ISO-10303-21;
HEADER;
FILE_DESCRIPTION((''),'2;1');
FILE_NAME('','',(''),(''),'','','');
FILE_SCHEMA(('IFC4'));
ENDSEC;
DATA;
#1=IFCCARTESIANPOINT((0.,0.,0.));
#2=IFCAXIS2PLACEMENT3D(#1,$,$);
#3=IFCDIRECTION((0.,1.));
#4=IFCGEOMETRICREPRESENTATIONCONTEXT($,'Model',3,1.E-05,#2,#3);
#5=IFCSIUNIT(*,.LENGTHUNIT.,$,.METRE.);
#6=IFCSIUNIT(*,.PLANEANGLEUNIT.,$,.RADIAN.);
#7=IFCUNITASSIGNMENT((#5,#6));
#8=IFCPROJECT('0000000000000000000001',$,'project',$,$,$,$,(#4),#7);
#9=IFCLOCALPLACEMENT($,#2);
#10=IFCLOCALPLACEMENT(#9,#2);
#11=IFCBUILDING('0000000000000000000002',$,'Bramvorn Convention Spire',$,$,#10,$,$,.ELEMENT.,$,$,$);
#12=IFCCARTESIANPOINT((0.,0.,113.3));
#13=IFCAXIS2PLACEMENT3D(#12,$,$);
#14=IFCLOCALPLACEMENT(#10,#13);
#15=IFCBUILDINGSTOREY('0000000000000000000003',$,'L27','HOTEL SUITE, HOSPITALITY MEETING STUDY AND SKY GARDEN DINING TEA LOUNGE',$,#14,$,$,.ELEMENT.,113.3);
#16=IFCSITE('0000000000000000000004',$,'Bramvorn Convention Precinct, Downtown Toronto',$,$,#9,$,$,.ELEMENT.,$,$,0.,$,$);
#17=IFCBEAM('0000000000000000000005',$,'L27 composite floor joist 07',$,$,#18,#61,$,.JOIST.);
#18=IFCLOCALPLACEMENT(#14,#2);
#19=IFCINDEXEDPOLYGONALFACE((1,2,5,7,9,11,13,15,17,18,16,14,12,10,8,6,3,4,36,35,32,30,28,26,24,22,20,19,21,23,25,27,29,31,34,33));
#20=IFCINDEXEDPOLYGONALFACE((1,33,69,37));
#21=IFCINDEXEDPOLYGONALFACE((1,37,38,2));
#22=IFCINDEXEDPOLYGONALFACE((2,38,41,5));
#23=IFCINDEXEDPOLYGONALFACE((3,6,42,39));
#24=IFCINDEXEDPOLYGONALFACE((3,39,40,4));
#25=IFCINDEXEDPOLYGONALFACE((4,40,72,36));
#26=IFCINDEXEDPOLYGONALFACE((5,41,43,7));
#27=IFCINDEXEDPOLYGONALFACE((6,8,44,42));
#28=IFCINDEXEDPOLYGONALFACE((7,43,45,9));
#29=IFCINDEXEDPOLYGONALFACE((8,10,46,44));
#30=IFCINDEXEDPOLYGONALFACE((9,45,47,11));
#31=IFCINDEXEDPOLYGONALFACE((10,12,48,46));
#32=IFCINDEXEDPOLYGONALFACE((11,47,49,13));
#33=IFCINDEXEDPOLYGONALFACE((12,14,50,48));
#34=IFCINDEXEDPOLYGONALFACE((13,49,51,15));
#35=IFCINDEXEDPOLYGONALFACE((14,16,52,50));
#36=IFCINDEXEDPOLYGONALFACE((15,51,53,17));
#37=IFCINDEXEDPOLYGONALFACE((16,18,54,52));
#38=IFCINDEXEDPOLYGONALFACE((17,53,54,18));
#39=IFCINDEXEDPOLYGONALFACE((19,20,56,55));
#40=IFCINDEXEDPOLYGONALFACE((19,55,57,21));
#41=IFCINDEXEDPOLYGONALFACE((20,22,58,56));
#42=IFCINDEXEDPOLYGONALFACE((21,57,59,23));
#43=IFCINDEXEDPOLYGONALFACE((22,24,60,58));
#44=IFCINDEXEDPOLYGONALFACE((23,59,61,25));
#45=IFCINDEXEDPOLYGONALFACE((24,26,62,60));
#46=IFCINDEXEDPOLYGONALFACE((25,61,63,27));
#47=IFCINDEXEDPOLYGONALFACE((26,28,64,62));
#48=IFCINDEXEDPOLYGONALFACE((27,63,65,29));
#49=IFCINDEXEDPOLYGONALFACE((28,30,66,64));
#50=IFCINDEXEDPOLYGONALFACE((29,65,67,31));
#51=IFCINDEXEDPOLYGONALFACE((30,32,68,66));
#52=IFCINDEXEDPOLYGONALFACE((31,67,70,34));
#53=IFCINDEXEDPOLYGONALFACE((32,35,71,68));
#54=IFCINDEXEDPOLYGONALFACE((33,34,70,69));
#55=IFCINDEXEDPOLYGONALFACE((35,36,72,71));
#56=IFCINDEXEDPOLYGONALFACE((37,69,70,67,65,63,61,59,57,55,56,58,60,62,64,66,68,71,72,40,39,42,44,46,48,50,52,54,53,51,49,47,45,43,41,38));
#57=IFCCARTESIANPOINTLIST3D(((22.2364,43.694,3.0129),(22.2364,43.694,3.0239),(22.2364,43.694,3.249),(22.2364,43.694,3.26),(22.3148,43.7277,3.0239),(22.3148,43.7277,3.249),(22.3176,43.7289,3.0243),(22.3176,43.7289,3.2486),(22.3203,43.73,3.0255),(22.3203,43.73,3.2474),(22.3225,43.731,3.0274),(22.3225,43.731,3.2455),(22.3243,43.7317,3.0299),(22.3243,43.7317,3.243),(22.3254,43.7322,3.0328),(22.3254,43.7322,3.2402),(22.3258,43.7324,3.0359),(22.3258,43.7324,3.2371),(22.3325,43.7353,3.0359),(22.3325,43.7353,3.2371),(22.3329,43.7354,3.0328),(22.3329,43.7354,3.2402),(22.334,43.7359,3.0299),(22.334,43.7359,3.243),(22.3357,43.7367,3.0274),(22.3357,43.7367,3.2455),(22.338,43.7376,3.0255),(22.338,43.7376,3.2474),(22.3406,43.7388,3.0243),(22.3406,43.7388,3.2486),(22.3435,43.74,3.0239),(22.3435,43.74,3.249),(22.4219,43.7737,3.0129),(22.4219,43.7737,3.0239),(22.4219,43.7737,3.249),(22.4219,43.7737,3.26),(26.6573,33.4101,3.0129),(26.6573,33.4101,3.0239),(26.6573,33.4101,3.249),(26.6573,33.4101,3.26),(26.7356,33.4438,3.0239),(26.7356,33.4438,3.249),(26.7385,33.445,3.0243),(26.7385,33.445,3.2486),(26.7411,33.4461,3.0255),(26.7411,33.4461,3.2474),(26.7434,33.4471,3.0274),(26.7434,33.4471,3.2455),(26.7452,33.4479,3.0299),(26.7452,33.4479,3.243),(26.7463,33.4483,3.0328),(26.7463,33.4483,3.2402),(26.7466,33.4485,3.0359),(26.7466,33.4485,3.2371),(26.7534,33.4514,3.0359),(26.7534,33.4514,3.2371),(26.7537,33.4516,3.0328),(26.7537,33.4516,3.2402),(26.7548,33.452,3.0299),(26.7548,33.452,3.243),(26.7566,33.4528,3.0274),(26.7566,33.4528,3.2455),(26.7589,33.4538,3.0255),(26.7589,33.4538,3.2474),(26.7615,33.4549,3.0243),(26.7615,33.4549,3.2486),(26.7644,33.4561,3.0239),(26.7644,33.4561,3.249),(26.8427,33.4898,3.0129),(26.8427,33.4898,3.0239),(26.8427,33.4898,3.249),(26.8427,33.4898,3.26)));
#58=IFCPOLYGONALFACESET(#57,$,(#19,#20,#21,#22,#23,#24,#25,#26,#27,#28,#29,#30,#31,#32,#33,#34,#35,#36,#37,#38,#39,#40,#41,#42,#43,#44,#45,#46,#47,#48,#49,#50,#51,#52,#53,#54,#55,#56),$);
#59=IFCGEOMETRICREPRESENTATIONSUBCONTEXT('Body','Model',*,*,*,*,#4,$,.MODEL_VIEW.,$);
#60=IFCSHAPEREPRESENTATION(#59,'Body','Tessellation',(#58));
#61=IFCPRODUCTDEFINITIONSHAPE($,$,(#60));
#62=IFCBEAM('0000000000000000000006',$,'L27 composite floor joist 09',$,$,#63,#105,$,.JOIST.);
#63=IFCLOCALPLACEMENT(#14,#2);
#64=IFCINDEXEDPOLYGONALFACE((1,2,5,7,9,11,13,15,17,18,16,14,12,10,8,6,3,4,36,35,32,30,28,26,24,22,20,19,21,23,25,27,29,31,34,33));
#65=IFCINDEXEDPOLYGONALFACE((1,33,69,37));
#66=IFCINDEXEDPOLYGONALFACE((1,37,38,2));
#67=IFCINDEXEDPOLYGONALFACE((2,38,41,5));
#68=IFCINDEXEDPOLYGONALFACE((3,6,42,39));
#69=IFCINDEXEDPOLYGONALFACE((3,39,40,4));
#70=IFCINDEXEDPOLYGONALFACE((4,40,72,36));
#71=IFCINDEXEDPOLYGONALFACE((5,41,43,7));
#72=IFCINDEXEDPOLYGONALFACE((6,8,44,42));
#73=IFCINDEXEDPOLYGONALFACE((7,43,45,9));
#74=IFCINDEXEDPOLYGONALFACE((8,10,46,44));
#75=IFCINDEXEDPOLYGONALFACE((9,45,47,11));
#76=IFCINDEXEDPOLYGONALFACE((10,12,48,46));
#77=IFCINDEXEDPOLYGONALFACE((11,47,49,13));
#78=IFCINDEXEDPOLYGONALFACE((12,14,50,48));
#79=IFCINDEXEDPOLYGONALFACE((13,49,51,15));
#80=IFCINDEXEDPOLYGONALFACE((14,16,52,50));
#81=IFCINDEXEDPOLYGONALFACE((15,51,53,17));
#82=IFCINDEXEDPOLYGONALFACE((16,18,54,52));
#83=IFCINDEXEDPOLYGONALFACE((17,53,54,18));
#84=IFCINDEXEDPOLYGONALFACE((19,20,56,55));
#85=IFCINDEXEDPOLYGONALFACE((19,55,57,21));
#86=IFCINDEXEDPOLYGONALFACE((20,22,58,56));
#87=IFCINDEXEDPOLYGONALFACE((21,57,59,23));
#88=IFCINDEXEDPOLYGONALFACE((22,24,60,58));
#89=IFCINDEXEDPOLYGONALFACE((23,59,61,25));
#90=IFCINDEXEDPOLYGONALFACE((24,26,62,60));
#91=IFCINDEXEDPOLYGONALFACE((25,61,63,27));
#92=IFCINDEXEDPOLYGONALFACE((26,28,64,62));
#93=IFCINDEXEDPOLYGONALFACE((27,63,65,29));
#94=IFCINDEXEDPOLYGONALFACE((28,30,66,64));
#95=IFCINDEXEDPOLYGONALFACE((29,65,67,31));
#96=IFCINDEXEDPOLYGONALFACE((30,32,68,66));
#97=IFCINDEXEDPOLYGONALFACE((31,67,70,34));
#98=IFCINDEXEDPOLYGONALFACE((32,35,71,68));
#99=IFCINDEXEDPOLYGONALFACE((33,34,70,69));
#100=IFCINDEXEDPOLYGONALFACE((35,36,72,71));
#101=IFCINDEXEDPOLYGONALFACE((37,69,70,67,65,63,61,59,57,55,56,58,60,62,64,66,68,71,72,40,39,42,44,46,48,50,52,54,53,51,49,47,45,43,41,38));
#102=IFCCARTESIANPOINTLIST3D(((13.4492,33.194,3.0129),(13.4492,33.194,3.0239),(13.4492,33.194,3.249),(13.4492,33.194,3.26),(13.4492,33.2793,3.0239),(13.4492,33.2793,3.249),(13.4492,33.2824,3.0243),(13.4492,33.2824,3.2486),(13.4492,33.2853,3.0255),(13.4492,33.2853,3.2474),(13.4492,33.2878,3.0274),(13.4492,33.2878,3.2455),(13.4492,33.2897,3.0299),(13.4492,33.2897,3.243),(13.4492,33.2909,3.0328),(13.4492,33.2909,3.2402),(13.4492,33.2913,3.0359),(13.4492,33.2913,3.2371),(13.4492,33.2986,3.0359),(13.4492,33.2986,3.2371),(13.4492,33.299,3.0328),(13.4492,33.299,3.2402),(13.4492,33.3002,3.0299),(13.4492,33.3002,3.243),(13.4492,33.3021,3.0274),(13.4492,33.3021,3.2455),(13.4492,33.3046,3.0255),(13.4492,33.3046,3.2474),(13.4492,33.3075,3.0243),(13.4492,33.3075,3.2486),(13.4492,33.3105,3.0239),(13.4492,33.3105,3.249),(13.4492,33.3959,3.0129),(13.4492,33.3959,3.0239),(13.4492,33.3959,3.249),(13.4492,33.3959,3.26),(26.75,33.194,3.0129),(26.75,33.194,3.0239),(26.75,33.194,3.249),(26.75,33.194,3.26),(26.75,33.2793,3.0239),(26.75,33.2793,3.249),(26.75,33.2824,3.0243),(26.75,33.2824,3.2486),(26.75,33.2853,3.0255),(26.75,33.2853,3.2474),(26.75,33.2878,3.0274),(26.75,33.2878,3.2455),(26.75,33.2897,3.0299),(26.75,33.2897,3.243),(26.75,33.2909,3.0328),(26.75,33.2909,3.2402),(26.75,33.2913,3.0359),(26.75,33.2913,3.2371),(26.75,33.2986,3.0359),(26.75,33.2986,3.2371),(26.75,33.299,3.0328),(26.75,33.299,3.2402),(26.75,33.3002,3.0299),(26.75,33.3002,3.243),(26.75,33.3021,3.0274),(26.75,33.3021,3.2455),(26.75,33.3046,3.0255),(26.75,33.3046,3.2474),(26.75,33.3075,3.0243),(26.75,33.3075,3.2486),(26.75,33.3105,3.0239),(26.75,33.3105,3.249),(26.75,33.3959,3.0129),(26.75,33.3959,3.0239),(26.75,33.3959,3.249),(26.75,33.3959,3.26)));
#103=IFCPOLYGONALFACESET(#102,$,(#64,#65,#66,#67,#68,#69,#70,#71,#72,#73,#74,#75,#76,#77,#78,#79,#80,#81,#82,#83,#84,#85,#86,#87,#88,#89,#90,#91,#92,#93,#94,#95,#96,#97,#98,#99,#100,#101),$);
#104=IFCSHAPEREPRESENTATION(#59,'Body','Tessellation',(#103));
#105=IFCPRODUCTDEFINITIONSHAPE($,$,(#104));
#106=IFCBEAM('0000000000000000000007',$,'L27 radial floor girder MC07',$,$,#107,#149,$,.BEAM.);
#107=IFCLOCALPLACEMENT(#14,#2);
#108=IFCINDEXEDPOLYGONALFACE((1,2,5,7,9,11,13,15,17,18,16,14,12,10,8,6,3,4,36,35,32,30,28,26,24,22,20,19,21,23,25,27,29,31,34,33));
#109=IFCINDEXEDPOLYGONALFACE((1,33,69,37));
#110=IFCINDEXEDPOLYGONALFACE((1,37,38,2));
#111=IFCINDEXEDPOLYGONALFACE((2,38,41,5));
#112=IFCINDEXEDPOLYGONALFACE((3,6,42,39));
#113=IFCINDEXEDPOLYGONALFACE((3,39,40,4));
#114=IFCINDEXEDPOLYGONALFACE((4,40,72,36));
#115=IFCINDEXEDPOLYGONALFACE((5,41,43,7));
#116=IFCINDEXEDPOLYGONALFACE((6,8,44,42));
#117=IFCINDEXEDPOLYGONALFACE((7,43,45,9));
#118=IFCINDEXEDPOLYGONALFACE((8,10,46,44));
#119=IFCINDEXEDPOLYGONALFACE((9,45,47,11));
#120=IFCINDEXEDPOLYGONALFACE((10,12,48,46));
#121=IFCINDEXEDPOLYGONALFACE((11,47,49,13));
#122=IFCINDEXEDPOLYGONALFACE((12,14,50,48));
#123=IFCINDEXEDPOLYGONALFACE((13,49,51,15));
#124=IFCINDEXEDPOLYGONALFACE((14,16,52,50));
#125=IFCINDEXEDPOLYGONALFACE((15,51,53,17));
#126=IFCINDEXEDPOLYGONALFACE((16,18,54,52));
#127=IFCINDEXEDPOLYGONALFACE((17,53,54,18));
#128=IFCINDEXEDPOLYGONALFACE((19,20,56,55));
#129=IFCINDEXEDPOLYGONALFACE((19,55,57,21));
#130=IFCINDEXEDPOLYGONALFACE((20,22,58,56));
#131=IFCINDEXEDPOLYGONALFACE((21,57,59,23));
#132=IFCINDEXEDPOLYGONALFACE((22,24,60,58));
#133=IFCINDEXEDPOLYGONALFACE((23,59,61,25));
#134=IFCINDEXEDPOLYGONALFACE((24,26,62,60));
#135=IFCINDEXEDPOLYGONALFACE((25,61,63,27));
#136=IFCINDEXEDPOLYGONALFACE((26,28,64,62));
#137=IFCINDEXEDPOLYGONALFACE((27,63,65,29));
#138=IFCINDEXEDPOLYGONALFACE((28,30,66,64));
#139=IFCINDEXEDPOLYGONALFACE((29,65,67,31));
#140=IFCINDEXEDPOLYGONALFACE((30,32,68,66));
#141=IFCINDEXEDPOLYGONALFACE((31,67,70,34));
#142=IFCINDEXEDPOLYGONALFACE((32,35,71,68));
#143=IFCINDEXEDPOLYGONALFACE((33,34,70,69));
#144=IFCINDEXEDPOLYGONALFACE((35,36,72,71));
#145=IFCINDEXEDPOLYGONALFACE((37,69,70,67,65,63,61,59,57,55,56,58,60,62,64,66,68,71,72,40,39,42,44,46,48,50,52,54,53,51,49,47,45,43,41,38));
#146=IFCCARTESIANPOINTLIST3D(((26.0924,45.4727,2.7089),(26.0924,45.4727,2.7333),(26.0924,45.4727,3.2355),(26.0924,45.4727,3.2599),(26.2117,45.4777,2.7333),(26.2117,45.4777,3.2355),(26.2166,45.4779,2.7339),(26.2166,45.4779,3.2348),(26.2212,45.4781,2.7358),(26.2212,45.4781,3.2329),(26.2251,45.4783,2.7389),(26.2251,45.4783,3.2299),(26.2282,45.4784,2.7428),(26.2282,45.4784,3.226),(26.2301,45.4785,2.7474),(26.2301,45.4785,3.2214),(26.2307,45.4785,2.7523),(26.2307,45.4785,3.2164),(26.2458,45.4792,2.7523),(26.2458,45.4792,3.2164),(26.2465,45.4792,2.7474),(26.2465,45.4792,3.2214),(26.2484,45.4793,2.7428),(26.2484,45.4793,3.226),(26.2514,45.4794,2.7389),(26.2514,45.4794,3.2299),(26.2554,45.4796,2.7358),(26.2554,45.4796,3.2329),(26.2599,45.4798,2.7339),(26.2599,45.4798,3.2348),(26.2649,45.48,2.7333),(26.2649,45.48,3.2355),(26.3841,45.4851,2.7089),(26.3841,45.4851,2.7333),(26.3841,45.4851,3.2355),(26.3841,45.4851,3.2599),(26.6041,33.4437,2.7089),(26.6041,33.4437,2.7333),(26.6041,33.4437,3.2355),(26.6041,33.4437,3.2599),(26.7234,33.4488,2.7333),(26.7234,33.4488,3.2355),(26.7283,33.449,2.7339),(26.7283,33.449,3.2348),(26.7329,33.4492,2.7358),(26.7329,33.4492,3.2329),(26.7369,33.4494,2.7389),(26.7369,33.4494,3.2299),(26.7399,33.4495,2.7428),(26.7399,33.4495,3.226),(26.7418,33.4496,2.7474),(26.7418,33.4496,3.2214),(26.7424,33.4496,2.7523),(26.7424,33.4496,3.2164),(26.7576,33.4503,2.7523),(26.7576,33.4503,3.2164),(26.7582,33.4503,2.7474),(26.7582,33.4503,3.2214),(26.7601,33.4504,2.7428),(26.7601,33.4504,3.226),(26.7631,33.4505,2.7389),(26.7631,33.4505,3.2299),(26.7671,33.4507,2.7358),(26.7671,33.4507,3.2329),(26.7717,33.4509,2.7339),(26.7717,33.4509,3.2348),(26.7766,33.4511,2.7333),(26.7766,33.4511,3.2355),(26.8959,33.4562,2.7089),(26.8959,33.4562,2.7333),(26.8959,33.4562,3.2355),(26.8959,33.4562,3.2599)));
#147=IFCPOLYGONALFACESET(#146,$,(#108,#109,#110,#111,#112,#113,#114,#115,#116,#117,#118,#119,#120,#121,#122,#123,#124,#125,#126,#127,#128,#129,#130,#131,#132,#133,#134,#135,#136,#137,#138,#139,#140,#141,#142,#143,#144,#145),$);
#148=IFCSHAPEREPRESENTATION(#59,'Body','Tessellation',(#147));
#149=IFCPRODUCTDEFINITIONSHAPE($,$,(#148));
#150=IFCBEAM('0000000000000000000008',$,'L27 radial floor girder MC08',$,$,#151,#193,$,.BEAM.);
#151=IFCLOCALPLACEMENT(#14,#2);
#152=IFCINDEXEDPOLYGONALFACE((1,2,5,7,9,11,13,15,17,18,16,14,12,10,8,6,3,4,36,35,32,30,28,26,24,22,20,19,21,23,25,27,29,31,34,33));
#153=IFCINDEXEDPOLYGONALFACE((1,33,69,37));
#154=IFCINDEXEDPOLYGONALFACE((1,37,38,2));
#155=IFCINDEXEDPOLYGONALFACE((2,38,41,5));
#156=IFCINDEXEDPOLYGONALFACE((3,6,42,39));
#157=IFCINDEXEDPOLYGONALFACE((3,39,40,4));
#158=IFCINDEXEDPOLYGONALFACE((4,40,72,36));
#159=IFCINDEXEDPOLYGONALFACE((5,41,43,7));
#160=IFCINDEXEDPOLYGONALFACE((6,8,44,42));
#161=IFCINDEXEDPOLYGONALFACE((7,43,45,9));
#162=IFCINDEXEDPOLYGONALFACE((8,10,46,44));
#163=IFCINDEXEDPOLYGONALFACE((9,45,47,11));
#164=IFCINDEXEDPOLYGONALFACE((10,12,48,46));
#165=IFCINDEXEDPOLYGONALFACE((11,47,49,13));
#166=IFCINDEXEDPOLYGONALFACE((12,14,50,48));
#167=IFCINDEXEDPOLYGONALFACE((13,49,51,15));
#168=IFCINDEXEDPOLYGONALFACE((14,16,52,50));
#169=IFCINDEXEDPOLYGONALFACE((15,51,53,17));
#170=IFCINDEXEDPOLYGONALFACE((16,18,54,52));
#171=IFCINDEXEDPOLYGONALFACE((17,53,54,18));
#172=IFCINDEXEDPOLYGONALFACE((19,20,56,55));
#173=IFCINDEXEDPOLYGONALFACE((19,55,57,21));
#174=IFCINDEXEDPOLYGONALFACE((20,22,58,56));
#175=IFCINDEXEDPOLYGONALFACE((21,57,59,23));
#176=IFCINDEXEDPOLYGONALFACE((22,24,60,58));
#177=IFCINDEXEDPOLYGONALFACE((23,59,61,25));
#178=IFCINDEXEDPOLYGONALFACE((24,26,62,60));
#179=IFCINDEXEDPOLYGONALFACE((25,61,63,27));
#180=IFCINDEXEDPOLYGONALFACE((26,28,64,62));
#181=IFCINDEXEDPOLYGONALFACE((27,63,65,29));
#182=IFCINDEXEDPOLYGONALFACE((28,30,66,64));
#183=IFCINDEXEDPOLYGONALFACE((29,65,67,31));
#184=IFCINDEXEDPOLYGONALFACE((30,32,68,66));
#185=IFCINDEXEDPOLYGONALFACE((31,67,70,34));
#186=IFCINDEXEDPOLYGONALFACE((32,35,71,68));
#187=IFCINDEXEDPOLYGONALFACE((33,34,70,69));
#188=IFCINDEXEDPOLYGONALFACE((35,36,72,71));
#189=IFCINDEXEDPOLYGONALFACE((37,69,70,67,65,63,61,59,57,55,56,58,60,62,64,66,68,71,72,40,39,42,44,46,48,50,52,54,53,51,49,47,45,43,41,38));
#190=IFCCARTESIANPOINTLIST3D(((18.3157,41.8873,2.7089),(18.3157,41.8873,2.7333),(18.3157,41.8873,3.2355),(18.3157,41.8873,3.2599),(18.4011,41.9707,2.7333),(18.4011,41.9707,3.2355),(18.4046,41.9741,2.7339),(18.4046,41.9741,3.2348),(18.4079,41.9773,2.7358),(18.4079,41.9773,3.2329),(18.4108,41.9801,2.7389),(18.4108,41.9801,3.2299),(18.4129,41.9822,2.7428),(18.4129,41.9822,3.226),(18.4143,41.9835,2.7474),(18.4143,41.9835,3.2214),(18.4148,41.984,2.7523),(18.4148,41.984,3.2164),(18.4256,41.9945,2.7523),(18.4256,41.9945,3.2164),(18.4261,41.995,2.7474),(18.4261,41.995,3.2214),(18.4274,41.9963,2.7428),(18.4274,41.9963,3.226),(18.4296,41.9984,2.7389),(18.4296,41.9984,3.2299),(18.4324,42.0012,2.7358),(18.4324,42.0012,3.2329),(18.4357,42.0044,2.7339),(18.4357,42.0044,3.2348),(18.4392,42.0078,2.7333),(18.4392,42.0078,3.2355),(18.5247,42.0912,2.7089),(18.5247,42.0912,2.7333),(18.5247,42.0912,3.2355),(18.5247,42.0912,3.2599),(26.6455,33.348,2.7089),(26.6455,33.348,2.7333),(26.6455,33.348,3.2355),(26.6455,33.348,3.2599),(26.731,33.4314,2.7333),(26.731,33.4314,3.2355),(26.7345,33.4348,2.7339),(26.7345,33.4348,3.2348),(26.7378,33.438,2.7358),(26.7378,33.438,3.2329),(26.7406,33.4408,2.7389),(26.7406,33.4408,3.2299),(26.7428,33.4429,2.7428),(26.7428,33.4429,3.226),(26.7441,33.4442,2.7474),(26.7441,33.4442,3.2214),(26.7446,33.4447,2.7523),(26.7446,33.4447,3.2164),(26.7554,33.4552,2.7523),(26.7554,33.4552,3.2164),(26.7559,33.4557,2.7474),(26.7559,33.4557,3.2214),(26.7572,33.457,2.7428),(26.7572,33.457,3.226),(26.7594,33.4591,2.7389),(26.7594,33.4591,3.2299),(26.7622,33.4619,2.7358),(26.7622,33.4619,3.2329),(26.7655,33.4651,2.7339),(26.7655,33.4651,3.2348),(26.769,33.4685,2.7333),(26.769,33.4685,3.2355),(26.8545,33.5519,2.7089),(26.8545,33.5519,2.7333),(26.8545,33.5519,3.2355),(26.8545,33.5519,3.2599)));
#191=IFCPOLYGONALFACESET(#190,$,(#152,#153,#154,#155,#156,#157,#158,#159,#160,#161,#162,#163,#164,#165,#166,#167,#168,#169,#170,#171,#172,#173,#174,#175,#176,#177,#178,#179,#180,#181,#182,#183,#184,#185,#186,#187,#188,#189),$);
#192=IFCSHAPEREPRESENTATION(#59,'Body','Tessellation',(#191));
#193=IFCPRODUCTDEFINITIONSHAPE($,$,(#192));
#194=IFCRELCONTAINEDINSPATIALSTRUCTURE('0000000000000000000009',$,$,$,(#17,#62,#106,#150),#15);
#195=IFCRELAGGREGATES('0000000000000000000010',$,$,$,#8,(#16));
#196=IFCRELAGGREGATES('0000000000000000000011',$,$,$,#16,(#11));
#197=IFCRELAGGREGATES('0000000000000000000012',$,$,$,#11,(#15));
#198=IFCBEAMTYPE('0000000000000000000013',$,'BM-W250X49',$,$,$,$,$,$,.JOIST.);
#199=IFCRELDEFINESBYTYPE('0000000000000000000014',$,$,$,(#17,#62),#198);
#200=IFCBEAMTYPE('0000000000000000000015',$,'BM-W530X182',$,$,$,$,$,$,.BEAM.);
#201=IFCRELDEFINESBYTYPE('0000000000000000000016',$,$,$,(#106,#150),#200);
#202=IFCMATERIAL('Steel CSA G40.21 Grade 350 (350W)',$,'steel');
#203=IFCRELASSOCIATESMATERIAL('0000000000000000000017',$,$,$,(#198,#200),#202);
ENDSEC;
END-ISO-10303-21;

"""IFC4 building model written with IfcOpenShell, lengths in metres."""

from ifc_helpers import new_model, si_unit, direction, frame, origin, origin_2d, place, context, subcontext, project, spatial, i_section, extrude, material, material_profile, profile_set, type_object, element, save


model = new_model("IFC4")

# Units and contexts
model_context = context("Model", 3, precision=1e-05, world=origin(), true_north=direction((0.0, 1.0)))
body_context = subcontext(model_context, "Body", "Model", "MODEL_VIEW")
ifc_project = project(units=[si_unit("LENGTHUNIT", "METRE"), si_unit("PLANEANGLEUNIT", "RADIAN")], contexts=[model_context])

# Site, building, storey
site_placement = place(None, origin())
site = spatial("IfcSite", under=ifc_project, at=site_placement, Name="Bramvorn Convention Precinct, Downtown Toronto", CompositionType="ELEMENT", RefElevation=0.0)
building_placement = place(site_placement, origin())
building = spatial("IfcBuilding", under=site, at=building_placement, Name="Bramvorn Convention Spire", CompositionType="ELEMENT")
storey_placement = place(building_placement, frame((0.0, 0.0, 113.3)))
storey = spatial("IfcBuildingStorey", under=building, at=storey_placement, Name="L27", Description="HOTEL SUITE, HOSPITALITY MEETING STUDY AND SKY GARDEN DINING TEA LOUNGE", CompositionType="ELEMENT", Elevation=113.3)

# Beams
ifc_material_1 = material(Name="Steel CSA G40.21 Grade 350 (350W)", Category="steel")
ifc_material_profile_1 = material_profile(ifc_material_1, i_section(OverallWidth=0.2019, OverallDepth=0.2471, WebThickness=0.0073, FlangeThickness=0.011, FilletRadius=0.012, at=origin_2d()))
ifc_profile_set_1 = profile_set([ifc_material_profile_1], Name="Steel CSA G40.21 Grade 350 (350W) - W250X49")
beam_type_1 = type_object("IfcBeamType", Name="BM-W250X49", PredefinedType="JOIST", material=ifc_profile_set_1)
beam_1_placement = place(storey_placement, frame((26.75, 33.45, 3.1365), z_axis=(-0.394938, 0.918708, 0.0), x_axis=(-0.918708, -0.394938, 0.0)))
element("IfcBeam", 1, at=beam_1_placement, inside=storey, type_object=beam_type_1, Name="L27 composite floor joist 07", PredefinedType="JOIST", context=body_context, shape_type="SweptSolid", body=[
    extrude(i_section(OverallWidth=0.2019, OverallDepth=0.2471, WebThickness=0.0073, FlangeThickness=0.011, FilletRadius=0.012, at=origin_2d()), origin(), (0.0, 0.0, 1.0), 11.1938),
])
beam_2_placement = place(storey_placement, frame((26.75, 33.2949, 3.1365), z_axis=(-1.0, 0.0, 0.0), x_axis=(0.0, -1.0, 0.0)))
element("IfcBeam", 2, at=beam_2_placement, inside=storey, type_object=beam_type_1, Name="L27 composite floor joist 09", PredefinedType="JOIST", context=body_context, shape_type="SweptSolid", body=[
    extrude(i_section(OverallWidth=0.2019, OverallDepth=0.2471, WebThickness=0.0073, FlangeThickness=0.011, FilletRadius=0.012, at=origin_2d()), origin(), (0.0, 0.0, 1.0), 13.3008),
])
ifc_material_profile_2 = material_profile(ifc_material_1, i_section(OverallWidth=0.292, OverallDepth=0.551, WebThickness=0.0151, FlangeThickness=0.0244, FilletRadius=0.019, at=origin_2d()))
ifc_profile_set_2 = profile_set([ifc_material_profile_2], Name="Steel CSA G40.21 Grade 350 (350W) - W530X182")
beam_type_2 = type_object("IfcBeamType", Name="BM-W530X182", PredefinedType="BEAM", material=ifc_profile_set_2)
beam_3_placement = place(storey_placement, frame((26.75, 33.45, 2.9844), z_axis=(-0.042503, 0.999096, 0.0), x_axis=(-0.999096, -0.042503, 0.0)))
element("IfcBeam", 3, at=beam_3_placement, inside=storey, type_object=beam_type_2, Name="L27 radial floor girder MC07", PredefinedType="BEAM", context=body_context, shape_type="SweptSolid", body=[
    extrude(i_section(OverallWidth=0.292, OverallDepth=0.551, WebThickness=0.0151, FlangeThickness=0.0244, FilletRadius=0.019, at=origin_2d()), origin(), (0.0, 0.0, 1.0), 12.0398),
])
beam_4_placement = place(storey_placement, frame((26.75, 33.45, 2.9844), z_axis=(-0.698272, 0.715832, 0.0), x_axis=(-0.715832, -0.698272, 0.0)))
element("IfcBeam", 4, at=beam_4_placement, inside=storey, type_object=beam_type_2, Name="L27 radial floor girder MC08", PredefinedType="BEAM", context=body_context, shape_type="SweptSolid", body=[
    extrude(i_section(OverallWidth=0.292, OverallDepth=0.551, WebThickness=0.0151, FlangeThickness=0.0244, FilletRadius=0.019, at=origin_2d()), origin(), (0.0, 0.0, 1.0), 11.9292),
])

save(model, "model.ifc")
